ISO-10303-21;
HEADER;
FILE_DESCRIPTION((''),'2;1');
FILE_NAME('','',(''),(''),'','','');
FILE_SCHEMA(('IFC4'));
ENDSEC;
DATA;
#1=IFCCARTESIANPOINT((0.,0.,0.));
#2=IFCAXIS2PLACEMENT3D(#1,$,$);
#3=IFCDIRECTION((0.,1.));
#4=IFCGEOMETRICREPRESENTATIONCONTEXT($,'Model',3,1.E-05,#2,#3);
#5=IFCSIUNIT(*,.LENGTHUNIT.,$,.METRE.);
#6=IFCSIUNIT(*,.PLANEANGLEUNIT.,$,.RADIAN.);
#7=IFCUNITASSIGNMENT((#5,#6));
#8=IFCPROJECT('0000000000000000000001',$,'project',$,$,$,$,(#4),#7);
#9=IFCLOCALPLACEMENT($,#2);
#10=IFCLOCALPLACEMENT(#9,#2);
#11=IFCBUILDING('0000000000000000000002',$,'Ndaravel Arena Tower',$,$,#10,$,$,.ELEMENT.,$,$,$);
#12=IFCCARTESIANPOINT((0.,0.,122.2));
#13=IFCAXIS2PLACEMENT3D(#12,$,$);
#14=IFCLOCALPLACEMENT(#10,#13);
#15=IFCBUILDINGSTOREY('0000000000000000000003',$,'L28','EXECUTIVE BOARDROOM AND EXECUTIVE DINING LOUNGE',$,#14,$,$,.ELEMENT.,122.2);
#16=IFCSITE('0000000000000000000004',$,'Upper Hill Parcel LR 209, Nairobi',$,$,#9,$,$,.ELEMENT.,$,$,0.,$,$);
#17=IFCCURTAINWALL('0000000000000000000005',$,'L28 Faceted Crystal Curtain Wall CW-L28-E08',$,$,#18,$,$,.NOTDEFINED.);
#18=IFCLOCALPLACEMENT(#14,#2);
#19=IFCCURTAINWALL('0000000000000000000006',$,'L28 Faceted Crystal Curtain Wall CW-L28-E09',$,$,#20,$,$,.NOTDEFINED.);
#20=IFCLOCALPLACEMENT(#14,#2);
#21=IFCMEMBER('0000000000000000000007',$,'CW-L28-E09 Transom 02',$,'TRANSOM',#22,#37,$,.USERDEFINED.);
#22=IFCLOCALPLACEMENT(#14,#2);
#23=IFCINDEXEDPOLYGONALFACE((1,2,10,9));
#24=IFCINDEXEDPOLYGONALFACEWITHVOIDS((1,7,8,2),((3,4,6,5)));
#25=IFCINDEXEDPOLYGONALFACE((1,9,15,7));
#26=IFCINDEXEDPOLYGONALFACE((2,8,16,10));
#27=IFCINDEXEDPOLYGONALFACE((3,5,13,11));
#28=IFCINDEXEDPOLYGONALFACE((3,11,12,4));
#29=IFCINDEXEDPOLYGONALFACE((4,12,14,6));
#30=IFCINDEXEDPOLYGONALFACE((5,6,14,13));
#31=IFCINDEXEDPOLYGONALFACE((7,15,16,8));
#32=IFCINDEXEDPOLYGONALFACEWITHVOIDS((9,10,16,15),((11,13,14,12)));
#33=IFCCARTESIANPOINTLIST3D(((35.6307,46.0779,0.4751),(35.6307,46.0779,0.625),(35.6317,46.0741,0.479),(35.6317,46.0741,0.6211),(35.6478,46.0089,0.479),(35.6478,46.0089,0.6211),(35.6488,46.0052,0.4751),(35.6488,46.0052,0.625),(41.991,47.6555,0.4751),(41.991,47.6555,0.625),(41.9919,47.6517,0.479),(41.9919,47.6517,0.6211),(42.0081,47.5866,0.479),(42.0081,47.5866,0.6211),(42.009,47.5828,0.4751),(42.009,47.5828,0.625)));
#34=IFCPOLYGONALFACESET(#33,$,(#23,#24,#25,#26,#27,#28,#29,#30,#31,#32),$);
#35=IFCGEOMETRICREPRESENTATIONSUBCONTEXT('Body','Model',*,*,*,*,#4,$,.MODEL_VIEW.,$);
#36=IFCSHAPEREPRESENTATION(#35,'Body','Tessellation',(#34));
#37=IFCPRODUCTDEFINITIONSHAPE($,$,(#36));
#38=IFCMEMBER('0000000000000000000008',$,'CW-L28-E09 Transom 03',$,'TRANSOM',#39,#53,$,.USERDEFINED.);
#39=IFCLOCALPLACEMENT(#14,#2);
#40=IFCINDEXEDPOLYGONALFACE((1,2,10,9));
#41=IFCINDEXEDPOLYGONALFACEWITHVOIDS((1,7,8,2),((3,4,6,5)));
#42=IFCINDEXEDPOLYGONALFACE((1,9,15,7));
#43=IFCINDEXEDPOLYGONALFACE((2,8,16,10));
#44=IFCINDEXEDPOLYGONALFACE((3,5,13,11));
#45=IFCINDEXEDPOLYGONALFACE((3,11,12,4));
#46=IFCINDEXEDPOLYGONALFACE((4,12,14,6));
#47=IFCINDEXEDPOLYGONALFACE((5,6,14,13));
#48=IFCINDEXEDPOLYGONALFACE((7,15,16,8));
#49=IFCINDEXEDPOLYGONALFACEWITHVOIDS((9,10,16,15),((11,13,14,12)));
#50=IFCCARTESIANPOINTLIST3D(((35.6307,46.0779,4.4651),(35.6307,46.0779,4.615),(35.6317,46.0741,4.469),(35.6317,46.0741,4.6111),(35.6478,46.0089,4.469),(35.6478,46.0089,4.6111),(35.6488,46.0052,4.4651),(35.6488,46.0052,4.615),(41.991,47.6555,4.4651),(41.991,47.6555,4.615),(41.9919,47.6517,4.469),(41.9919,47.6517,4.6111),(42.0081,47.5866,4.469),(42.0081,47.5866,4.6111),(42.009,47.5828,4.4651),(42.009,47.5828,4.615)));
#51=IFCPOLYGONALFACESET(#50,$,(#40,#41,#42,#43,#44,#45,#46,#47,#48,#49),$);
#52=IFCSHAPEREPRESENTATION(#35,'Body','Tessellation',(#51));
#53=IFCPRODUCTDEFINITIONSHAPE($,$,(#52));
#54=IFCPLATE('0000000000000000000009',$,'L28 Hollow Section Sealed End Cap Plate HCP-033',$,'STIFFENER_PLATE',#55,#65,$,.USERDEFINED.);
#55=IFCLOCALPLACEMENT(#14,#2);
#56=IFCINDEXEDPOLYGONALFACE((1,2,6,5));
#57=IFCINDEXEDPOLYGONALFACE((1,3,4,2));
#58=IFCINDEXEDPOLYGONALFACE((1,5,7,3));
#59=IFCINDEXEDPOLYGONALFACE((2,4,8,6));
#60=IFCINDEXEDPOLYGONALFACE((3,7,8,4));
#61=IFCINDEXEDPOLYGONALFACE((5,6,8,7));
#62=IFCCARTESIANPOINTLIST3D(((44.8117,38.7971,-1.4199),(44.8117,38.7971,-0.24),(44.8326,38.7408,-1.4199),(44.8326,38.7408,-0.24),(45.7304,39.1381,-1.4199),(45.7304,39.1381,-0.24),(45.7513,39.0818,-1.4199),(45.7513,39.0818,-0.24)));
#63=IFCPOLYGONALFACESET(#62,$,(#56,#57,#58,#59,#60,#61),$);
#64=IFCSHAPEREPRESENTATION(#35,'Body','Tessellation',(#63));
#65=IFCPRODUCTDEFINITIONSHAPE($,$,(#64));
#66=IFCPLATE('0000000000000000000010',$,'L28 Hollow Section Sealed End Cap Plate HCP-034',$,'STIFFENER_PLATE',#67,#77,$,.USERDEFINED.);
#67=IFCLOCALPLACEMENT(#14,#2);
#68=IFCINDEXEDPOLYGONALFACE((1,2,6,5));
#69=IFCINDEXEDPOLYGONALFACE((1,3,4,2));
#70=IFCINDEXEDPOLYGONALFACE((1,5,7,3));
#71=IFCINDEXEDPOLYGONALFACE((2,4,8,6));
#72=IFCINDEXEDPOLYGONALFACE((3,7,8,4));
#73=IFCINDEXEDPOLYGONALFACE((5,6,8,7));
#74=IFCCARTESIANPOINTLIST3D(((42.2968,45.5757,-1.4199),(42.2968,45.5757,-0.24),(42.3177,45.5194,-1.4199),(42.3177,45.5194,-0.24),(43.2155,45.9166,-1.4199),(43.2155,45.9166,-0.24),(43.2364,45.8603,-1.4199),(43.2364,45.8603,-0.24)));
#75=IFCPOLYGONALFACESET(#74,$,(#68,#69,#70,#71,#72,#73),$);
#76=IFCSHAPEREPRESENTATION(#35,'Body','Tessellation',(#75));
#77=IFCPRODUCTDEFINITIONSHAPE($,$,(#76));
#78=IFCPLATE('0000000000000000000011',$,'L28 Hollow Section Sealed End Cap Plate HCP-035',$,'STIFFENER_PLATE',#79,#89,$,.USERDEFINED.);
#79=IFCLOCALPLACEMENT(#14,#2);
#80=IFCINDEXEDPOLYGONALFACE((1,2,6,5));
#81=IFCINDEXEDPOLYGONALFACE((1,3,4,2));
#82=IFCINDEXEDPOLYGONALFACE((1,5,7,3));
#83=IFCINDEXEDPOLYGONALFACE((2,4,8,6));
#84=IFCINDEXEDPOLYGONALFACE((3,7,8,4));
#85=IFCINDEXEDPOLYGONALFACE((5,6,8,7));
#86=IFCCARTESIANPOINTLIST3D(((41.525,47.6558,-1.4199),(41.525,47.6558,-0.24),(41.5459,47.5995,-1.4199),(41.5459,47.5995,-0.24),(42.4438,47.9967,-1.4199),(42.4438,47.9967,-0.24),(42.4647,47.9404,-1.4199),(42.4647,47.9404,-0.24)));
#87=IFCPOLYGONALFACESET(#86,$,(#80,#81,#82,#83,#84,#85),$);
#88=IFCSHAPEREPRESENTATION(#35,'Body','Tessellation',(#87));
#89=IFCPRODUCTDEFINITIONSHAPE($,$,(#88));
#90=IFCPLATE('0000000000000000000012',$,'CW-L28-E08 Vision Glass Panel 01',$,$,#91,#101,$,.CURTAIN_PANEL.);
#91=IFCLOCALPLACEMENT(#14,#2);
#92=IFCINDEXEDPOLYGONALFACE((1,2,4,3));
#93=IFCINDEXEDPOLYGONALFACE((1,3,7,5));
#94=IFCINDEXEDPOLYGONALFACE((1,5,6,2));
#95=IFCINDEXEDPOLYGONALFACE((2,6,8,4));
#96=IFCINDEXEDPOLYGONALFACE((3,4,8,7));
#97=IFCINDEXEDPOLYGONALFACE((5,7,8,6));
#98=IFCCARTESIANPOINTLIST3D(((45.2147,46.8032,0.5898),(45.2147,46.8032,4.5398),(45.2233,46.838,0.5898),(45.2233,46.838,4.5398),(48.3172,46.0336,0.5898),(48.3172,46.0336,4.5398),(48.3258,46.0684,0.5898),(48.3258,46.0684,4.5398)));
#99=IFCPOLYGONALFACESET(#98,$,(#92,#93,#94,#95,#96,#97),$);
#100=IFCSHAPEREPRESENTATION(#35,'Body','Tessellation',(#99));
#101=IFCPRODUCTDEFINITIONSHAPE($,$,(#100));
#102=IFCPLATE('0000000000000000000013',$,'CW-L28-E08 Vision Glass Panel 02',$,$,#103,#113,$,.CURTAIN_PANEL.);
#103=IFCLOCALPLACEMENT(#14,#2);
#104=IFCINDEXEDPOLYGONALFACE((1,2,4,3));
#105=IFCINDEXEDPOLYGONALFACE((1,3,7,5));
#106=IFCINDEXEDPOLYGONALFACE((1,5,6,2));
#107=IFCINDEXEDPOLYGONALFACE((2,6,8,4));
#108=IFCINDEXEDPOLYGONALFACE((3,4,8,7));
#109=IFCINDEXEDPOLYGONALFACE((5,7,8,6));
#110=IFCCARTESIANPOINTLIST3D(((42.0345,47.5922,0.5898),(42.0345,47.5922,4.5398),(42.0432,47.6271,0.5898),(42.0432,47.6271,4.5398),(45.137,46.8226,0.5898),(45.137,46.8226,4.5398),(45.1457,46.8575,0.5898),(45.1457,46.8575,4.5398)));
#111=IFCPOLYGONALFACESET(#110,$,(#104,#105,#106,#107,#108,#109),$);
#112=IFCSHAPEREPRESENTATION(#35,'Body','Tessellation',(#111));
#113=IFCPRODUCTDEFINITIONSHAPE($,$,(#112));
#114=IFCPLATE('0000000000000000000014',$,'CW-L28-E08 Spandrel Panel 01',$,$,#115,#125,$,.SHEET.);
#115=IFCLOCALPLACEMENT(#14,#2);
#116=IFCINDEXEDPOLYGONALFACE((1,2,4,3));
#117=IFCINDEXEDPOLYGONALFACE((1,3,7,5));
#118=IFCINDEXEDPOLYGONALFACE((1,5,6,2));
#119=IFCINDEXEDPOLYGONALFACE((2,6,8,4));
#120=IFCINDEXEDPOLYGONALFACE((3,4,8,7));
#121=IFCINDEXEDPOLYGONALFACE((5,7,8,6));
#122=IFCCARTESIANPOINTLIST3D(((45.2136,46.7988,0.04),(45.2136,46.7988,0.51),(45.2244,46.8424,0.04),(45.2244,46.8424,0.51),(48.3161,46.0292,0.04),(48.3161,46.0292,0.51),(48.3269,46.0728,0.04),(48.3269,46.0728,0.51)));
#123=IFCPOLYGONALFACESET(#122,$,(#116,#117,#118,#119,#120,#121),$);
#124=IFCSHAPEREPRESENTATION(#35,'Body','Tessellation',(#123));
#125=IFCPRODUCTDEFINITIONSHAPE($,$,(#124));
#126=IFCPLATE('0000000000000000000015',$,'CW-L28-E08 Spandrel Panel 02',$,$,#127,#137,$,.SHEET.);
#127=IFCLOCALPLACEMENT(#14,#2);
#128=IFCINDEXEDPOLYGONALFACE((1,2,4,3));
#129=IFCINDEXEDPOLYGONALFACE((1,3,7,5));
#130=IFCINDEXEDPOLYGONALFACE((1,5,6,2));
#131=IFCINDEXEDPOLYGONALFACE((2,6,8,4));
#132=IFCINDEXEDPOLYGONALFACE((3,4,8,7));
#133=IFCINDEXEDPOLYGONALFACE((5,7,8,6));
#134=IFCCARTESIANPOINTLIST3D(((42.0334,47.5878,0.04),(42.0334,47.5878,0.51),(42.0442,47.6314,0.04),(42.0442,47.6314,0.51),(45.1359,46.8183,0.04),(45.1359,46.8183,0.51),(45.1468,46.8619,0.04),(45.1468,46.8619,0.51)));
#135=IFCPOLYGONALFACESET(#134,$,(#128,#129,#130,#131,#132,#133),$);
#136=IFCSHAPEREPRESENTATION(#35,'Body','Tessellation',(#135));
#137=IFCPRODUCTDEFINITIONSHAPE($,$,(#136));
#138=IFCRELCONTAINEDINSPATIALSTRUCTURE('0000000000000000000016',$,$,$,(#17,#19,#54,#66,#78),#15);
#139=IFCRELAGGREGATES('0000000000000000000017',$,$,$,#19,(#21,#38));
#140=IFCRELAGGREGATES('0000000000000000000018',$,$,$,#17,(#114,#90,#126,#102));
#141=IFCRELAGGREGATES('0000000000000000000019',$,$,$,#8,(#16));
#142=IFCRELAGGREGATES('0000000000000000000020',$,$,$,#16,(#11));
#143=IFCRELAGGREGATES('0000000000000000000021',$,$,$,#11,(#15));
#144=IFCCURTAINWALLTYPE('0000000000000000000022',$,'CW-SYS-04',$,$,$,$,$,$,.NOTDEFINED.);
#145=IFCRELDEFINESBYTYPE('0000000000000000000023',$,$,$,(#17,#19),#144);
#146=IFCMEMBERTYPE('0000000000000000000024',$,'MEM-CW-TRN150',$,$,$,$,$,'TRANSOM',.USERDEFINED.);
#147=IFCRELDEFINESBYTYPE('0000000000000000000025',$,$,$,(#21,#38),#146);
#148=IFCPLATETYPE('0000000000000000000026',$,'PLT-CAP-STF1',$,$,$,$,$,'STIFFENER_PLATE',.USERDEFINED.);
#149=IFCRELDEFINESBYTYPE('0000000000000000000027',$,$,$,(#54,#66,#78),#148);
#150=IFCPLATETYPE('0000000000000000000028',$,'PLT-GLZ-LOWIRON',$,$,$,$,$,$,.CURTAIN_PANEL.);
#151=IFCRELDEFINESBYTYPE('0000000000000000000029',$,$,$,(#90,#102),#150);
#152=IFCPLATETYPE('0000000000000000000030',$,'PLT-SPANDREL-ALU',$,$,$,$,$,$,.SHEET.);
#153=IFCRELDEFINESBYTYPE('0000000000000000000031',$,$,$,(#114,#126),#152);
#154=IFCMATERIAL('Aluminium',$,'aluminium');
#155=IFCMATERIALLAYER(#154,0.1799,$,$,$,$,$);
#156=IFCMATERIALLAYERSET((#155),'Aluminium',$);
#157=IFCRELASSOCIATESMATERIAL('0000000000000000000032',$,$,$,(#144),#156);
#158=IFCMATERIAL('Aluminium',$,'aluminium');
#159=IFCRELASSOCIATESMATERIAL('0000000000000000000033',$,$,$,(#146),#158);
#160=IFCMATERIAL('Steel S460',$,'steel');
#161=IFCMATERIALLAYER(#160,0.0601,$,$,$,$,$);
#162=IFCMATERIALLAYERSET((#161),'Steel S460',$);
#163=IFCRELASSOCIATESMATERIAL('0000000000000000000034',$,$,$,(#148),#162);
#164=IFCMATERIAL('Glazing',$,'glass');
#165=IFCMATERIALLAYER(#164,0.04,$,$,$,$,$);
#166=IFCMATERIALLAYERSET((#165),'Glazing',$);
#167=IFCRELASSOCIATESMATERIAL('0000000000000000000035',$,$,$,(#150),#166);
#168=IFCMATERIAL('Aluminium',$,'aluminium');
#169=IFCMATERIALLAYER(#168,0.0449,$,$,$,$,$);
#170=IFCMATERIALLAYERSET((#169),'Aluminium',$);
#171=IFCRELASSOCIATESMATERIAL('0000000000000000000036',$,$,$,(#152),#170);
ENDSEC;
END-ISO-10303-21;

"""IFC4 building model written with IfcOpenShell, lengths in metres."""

from ifc_helpers import new_model, si_unit, direction, frame, origin, origin_2d, place, context, subcontext, project, spatial, rectangle, hollow_rectangle, extrude, material, layer, layer_set, material_profile, profile_set, type_object, element, aggregate, save


model = new_model("IFC4")

# Units and contexts
model_context = context("Model", 3, precision=1e-05, world=origin(), true_north=direction((0.0, 1.0)))
body_context = subcontext(model_context, "Body", "Model", "MODEL_VIEW")
ifc_project = project(units=[si_unit("LENGTHUNIT", "METRE"), si_unit("PLANEANGLEUNIT", "RADIAN")], contexts=[model_context])

# Site, building, storey
site_placement = place(None, origin())
site = spatial("IfcSite", under=ifc_project, at=site_placement, Name="Upper Hill Parcel LR 209, Nairobi", CompositionType="ELEMENT", RefElevation=0.0)
building_placement = place(site_placement, origin())
building = spatial("IfcBuilding", under=site, at=building_placement, Name="Ndaravel Arena Tower", CompositionType="ELEMENT")
storey_placement = place(building_placement, frame((0.0, 0.0, 122.2)))
storey = spatial("IfcBuildingStorey", under=building, at=storey_placement, Name="L28", Description="EXECUTIVE BOARDROOM AND EXECUTIVE DINING LOUNGE", CompositionType="ELEMENT", Elevation=122.2)

# Curtain wall
ifc_material_1 = material(Name="Aluminium", Category="aluminium")
ifc_layer_1 = layer(ifc_material_1, 0.1799)
ifc_layer_set_1 = layer_set([ifc_layer_1], Name="Aluminium")
curtain_wall_type = type_object("IfcCurtainWallType", Name="CW-SYS-04", PredefinedType="NOTDEFINED", material=ifc_layer_set_1)
curtain_wall_1_placement = place(storey_placement, origin())
curtain_wall_1 = element("IfcCurtainWall", 1, at=curtain_wall_1_placement, inside=storey, type_object=curtain_wall_type, Name="L28 Faceted Crystal Curtain Wall CW-L28-E08", PredefinedType="NOTDEFINED")

# Curtain wall, members
curtain_wall_2_placement = place(storey_placement, origin())
curtain_wall_2 = element("IfcCurtainWall", 2, at=curtain_wall_2_placement, inside=storey, type_object=curtain_wall_type, Name="L28 Faceted Crystal Curtain Wall CW-L28-E09", PredefinedType="NOTDEFINED")
ifc_material_2 = material(Name="Aluminium", Category="aluminium")
ifc_material_profile_1 = material_profile(ifc_material_2, hollow_rectangle(XDim=0.075, YDim=0.1499, WallThickness=0.0039, at=origin_2d()), Name="CW TRANSOM 75x150x4")
ifc_profile_set_1 = profile_set([ifc_material_profile_1], Name="Aluminium")
member_type_1 = type_object("IfcMemberType", Name="MEM-CW-TRN150", ElementType="TRANSOM", PredefinedType="USERDEFINED", material=ifc_profile_set_1)
member_1_placement = place(storey_placement, frame((42.0, 47.6191, 0.55), z_axis=(-0.970588, -0.240747, 0.0), x_axis=(0.240747, -0.970588, 0.0)))
member_1 = element("IfcMember", 3, at=member_1_placement, type_object=member_type_1, Name="CW-L28-E09 Transom 02", ObjectType="TRANSOM", PredefinedType="USERDEFINED", context=body_context, shape_type="SweptSolid", body=[
    extrude(hollow_rectangle(XDim=0.075, YDim=0.1499, WallThickness=0.0039, at=origin_2d()), origin(), (0.0, 0.0, 1.0), 6.553),
])
member_2_placement = place(storey_placement, frame((42.0, 47.6191, 4.54), z_axis=(-0.970588, -0.240747, 0.0), x_axis=(0.240747, -0.970588, 0.0)))
member_2 = element("IfcMember", 4, at=member_2_placement, type_object=member_type_1, Name="CW-L28-E09 Transom 03", ObjectType="TRANSOM", PredefinedType="USERDEFINED", context=body_context, shape_type="SweptSolid", body=[
    extrude(hollow_rectangle(XDim=0.075, YDim=0.1499, WallThickness=0.0039, at=origin_2d()), origin(), (0.0, 0.0, 1.0), 6.553),
])
aggregate(curtain_wall_2, [member_1, member_2])

# Plates
ifc_material_3 = material(Name="Steel S460", Category="steel")
ifc_layer_2 = layer(ifc_material_3, 0.0601)
ifc_layer_set_2 = layer_set([ifc_layer_2], Name="Steel S460")
plate_type_1 = type_object("IfcPlateType", Name="PLT-CAP-STF1", ElementType="STIFFENER_PLATE", PredefinedType="USERDEFINED", material=ifc_layer_set_2)
for number, where, z_axis, x_axis, name in (
    (5, (45.2815, 38.9395, -1.4199), (0.0, 0.0, 1.0), (-0.347918, 0.937525, 0.0), "L28 Hollow Section Sealed End Cap Plate HCP-033"),
    (6, (42.7666, 45.718, -1.4199), (0.0, 0.0, 1.0), (-0.347918, 0.937525, 0.0), "L28 Hollow Section Sealed End Cap Plate HCP-034"),
    (7, (41.9949, 47.7981, -1.4199), (0.0, 0.0, 1.0), (-0.347918, 0.937525, 0.0), "L28 Hollow Section Sealed End Cap Plate HCP-035"),
):
    element("IfcPlate", number, at=place(storey_placement, frame(where, z_axis=z_axis, x_axis=x_axis)), inside=storey, type_object=plate_type_1, Name=name, ObjectType="STIFFENER_PLATE", PredefinedType="USERDEFINED", context=body_context, shape_type="SweptSolid", body=[
        extrude(rectangle(XDim=0.0601, YDim=0.98, at=origin_2d()), origin(), (0.0, 0.0, 1.0), 1.1799),
    ])

# Plates
ifc_material_4 = material(Name="Glazing", Category="glass")
ifc_layer_3 = layer(ifc_material_4, 0.04)
ifc_layer_set_3 = layer_set([ifc_layer_3], Name="Glazing")
plate_type_2 = type_object("IfcPlateType", Name="PLT-GLZ-LOWIRON", PredefinedType="CURTAIN_PANEL", material=ifc_layer_set_3)
plate_1_placement = place(storey_placement, frame((46.7703, 46.4358, 0.5898), z_axis=(0.0, 0.0, 1.0), x_axis=(-0.970586, 0.240753, 0.0)))
plate_1 = element("IfcPlate", 8, at=plate_1_placement, type_object=plate_type_2, Name="CW-L28-E08 Vision Glass Panel 01", PredefinedType="CURTAIN_PANEL", context=body_context, shape_type="SweptSolid", body=[
    extrude(rectangle(XDim=3.1965, YDim=0.0359, at=origin_2d()), origin(), (0.0, 0.0, 1.0), 3.95),
])
plate_2_placement = place(storey_placement, frame((43.5901, 47.2249, 0.5898), z_axis=(0.0, 0.0, 1.0), x_axis=(-0.970586, 0.240753, 0.0)))
plate_2 = element("IfcPlate", 9, at=plate_2_placement, type_object=plate_type_2, Name="CW-L28-E08 Vision Glass Panel 02", PredefinedType="CURTAIN_PANEL", context=body_context, shape_type="SweptSolid", body=[
    extrude(rectangle(XDim=3.1965, YDim=0.0359, at=origin_2d()), origin(), (0.0, 0.0, 1.0), 3.95),
])
ifc_material_5 = material(Name="Aluminium", Category="aluminium")
ifc_layer_4 = layer(ifc_material_5, 0.0449)
ifc_layer_set_4 = layer_set([ifc_layer_4], Name="Aluminium")
plate_type_3 = type_object("IfcPlateType", Name="PLT-SPANDREL-ALU", PredefinedType="SHEET", material=ifc_layer_set_4)
plate_3_placement = place(storey_placement, frame((46.7703, 46.4358, 0.04), z_axis=(0.0, 0.0, 1.0), x_axis=(-0.970586, 0.240753, 0.0)))
plate_3 = element("IfcPlate", 10, at=plate_3_placement, type_object=plate_type_3, Name="CW-L28-E08 Spandrel Panel 01", PredefinedType="SHEET", context=body_context, shape_type="SweptSolid", body=[
    extrude(rectangle(XDim=3.1965, YDim=0.0449, at=origin_2d()), origin(), (0.0, 0.0, 1.0), 0.47),
])
plate_4_placement = place(storey_placement, frame((43.5901, 47.2249, 0.04), z_axis=(0.0, 0.0, 1.0), x_axis=(-0.970586, 0.240753, 0.0)))
plate_4 = element("IfcPlate", 11, at=plate_4_placement, type_object=plate_type_3, Name="CW-L28-E08 Spandrel Panel 02", PredefinedType="SHEET", context=body_context, shape_type="SweptSolid", body=[
    extrude(rectangle(XDim=3.1965, YDim=0.0449, at=origin_2d()), origin(), (0.0, 0.0, 1.0), 0.47),
])
aggregate(curtain_wall_1, [plate_3, plate_1, plate_4, plate_2])

save(model, "model.ifc")
